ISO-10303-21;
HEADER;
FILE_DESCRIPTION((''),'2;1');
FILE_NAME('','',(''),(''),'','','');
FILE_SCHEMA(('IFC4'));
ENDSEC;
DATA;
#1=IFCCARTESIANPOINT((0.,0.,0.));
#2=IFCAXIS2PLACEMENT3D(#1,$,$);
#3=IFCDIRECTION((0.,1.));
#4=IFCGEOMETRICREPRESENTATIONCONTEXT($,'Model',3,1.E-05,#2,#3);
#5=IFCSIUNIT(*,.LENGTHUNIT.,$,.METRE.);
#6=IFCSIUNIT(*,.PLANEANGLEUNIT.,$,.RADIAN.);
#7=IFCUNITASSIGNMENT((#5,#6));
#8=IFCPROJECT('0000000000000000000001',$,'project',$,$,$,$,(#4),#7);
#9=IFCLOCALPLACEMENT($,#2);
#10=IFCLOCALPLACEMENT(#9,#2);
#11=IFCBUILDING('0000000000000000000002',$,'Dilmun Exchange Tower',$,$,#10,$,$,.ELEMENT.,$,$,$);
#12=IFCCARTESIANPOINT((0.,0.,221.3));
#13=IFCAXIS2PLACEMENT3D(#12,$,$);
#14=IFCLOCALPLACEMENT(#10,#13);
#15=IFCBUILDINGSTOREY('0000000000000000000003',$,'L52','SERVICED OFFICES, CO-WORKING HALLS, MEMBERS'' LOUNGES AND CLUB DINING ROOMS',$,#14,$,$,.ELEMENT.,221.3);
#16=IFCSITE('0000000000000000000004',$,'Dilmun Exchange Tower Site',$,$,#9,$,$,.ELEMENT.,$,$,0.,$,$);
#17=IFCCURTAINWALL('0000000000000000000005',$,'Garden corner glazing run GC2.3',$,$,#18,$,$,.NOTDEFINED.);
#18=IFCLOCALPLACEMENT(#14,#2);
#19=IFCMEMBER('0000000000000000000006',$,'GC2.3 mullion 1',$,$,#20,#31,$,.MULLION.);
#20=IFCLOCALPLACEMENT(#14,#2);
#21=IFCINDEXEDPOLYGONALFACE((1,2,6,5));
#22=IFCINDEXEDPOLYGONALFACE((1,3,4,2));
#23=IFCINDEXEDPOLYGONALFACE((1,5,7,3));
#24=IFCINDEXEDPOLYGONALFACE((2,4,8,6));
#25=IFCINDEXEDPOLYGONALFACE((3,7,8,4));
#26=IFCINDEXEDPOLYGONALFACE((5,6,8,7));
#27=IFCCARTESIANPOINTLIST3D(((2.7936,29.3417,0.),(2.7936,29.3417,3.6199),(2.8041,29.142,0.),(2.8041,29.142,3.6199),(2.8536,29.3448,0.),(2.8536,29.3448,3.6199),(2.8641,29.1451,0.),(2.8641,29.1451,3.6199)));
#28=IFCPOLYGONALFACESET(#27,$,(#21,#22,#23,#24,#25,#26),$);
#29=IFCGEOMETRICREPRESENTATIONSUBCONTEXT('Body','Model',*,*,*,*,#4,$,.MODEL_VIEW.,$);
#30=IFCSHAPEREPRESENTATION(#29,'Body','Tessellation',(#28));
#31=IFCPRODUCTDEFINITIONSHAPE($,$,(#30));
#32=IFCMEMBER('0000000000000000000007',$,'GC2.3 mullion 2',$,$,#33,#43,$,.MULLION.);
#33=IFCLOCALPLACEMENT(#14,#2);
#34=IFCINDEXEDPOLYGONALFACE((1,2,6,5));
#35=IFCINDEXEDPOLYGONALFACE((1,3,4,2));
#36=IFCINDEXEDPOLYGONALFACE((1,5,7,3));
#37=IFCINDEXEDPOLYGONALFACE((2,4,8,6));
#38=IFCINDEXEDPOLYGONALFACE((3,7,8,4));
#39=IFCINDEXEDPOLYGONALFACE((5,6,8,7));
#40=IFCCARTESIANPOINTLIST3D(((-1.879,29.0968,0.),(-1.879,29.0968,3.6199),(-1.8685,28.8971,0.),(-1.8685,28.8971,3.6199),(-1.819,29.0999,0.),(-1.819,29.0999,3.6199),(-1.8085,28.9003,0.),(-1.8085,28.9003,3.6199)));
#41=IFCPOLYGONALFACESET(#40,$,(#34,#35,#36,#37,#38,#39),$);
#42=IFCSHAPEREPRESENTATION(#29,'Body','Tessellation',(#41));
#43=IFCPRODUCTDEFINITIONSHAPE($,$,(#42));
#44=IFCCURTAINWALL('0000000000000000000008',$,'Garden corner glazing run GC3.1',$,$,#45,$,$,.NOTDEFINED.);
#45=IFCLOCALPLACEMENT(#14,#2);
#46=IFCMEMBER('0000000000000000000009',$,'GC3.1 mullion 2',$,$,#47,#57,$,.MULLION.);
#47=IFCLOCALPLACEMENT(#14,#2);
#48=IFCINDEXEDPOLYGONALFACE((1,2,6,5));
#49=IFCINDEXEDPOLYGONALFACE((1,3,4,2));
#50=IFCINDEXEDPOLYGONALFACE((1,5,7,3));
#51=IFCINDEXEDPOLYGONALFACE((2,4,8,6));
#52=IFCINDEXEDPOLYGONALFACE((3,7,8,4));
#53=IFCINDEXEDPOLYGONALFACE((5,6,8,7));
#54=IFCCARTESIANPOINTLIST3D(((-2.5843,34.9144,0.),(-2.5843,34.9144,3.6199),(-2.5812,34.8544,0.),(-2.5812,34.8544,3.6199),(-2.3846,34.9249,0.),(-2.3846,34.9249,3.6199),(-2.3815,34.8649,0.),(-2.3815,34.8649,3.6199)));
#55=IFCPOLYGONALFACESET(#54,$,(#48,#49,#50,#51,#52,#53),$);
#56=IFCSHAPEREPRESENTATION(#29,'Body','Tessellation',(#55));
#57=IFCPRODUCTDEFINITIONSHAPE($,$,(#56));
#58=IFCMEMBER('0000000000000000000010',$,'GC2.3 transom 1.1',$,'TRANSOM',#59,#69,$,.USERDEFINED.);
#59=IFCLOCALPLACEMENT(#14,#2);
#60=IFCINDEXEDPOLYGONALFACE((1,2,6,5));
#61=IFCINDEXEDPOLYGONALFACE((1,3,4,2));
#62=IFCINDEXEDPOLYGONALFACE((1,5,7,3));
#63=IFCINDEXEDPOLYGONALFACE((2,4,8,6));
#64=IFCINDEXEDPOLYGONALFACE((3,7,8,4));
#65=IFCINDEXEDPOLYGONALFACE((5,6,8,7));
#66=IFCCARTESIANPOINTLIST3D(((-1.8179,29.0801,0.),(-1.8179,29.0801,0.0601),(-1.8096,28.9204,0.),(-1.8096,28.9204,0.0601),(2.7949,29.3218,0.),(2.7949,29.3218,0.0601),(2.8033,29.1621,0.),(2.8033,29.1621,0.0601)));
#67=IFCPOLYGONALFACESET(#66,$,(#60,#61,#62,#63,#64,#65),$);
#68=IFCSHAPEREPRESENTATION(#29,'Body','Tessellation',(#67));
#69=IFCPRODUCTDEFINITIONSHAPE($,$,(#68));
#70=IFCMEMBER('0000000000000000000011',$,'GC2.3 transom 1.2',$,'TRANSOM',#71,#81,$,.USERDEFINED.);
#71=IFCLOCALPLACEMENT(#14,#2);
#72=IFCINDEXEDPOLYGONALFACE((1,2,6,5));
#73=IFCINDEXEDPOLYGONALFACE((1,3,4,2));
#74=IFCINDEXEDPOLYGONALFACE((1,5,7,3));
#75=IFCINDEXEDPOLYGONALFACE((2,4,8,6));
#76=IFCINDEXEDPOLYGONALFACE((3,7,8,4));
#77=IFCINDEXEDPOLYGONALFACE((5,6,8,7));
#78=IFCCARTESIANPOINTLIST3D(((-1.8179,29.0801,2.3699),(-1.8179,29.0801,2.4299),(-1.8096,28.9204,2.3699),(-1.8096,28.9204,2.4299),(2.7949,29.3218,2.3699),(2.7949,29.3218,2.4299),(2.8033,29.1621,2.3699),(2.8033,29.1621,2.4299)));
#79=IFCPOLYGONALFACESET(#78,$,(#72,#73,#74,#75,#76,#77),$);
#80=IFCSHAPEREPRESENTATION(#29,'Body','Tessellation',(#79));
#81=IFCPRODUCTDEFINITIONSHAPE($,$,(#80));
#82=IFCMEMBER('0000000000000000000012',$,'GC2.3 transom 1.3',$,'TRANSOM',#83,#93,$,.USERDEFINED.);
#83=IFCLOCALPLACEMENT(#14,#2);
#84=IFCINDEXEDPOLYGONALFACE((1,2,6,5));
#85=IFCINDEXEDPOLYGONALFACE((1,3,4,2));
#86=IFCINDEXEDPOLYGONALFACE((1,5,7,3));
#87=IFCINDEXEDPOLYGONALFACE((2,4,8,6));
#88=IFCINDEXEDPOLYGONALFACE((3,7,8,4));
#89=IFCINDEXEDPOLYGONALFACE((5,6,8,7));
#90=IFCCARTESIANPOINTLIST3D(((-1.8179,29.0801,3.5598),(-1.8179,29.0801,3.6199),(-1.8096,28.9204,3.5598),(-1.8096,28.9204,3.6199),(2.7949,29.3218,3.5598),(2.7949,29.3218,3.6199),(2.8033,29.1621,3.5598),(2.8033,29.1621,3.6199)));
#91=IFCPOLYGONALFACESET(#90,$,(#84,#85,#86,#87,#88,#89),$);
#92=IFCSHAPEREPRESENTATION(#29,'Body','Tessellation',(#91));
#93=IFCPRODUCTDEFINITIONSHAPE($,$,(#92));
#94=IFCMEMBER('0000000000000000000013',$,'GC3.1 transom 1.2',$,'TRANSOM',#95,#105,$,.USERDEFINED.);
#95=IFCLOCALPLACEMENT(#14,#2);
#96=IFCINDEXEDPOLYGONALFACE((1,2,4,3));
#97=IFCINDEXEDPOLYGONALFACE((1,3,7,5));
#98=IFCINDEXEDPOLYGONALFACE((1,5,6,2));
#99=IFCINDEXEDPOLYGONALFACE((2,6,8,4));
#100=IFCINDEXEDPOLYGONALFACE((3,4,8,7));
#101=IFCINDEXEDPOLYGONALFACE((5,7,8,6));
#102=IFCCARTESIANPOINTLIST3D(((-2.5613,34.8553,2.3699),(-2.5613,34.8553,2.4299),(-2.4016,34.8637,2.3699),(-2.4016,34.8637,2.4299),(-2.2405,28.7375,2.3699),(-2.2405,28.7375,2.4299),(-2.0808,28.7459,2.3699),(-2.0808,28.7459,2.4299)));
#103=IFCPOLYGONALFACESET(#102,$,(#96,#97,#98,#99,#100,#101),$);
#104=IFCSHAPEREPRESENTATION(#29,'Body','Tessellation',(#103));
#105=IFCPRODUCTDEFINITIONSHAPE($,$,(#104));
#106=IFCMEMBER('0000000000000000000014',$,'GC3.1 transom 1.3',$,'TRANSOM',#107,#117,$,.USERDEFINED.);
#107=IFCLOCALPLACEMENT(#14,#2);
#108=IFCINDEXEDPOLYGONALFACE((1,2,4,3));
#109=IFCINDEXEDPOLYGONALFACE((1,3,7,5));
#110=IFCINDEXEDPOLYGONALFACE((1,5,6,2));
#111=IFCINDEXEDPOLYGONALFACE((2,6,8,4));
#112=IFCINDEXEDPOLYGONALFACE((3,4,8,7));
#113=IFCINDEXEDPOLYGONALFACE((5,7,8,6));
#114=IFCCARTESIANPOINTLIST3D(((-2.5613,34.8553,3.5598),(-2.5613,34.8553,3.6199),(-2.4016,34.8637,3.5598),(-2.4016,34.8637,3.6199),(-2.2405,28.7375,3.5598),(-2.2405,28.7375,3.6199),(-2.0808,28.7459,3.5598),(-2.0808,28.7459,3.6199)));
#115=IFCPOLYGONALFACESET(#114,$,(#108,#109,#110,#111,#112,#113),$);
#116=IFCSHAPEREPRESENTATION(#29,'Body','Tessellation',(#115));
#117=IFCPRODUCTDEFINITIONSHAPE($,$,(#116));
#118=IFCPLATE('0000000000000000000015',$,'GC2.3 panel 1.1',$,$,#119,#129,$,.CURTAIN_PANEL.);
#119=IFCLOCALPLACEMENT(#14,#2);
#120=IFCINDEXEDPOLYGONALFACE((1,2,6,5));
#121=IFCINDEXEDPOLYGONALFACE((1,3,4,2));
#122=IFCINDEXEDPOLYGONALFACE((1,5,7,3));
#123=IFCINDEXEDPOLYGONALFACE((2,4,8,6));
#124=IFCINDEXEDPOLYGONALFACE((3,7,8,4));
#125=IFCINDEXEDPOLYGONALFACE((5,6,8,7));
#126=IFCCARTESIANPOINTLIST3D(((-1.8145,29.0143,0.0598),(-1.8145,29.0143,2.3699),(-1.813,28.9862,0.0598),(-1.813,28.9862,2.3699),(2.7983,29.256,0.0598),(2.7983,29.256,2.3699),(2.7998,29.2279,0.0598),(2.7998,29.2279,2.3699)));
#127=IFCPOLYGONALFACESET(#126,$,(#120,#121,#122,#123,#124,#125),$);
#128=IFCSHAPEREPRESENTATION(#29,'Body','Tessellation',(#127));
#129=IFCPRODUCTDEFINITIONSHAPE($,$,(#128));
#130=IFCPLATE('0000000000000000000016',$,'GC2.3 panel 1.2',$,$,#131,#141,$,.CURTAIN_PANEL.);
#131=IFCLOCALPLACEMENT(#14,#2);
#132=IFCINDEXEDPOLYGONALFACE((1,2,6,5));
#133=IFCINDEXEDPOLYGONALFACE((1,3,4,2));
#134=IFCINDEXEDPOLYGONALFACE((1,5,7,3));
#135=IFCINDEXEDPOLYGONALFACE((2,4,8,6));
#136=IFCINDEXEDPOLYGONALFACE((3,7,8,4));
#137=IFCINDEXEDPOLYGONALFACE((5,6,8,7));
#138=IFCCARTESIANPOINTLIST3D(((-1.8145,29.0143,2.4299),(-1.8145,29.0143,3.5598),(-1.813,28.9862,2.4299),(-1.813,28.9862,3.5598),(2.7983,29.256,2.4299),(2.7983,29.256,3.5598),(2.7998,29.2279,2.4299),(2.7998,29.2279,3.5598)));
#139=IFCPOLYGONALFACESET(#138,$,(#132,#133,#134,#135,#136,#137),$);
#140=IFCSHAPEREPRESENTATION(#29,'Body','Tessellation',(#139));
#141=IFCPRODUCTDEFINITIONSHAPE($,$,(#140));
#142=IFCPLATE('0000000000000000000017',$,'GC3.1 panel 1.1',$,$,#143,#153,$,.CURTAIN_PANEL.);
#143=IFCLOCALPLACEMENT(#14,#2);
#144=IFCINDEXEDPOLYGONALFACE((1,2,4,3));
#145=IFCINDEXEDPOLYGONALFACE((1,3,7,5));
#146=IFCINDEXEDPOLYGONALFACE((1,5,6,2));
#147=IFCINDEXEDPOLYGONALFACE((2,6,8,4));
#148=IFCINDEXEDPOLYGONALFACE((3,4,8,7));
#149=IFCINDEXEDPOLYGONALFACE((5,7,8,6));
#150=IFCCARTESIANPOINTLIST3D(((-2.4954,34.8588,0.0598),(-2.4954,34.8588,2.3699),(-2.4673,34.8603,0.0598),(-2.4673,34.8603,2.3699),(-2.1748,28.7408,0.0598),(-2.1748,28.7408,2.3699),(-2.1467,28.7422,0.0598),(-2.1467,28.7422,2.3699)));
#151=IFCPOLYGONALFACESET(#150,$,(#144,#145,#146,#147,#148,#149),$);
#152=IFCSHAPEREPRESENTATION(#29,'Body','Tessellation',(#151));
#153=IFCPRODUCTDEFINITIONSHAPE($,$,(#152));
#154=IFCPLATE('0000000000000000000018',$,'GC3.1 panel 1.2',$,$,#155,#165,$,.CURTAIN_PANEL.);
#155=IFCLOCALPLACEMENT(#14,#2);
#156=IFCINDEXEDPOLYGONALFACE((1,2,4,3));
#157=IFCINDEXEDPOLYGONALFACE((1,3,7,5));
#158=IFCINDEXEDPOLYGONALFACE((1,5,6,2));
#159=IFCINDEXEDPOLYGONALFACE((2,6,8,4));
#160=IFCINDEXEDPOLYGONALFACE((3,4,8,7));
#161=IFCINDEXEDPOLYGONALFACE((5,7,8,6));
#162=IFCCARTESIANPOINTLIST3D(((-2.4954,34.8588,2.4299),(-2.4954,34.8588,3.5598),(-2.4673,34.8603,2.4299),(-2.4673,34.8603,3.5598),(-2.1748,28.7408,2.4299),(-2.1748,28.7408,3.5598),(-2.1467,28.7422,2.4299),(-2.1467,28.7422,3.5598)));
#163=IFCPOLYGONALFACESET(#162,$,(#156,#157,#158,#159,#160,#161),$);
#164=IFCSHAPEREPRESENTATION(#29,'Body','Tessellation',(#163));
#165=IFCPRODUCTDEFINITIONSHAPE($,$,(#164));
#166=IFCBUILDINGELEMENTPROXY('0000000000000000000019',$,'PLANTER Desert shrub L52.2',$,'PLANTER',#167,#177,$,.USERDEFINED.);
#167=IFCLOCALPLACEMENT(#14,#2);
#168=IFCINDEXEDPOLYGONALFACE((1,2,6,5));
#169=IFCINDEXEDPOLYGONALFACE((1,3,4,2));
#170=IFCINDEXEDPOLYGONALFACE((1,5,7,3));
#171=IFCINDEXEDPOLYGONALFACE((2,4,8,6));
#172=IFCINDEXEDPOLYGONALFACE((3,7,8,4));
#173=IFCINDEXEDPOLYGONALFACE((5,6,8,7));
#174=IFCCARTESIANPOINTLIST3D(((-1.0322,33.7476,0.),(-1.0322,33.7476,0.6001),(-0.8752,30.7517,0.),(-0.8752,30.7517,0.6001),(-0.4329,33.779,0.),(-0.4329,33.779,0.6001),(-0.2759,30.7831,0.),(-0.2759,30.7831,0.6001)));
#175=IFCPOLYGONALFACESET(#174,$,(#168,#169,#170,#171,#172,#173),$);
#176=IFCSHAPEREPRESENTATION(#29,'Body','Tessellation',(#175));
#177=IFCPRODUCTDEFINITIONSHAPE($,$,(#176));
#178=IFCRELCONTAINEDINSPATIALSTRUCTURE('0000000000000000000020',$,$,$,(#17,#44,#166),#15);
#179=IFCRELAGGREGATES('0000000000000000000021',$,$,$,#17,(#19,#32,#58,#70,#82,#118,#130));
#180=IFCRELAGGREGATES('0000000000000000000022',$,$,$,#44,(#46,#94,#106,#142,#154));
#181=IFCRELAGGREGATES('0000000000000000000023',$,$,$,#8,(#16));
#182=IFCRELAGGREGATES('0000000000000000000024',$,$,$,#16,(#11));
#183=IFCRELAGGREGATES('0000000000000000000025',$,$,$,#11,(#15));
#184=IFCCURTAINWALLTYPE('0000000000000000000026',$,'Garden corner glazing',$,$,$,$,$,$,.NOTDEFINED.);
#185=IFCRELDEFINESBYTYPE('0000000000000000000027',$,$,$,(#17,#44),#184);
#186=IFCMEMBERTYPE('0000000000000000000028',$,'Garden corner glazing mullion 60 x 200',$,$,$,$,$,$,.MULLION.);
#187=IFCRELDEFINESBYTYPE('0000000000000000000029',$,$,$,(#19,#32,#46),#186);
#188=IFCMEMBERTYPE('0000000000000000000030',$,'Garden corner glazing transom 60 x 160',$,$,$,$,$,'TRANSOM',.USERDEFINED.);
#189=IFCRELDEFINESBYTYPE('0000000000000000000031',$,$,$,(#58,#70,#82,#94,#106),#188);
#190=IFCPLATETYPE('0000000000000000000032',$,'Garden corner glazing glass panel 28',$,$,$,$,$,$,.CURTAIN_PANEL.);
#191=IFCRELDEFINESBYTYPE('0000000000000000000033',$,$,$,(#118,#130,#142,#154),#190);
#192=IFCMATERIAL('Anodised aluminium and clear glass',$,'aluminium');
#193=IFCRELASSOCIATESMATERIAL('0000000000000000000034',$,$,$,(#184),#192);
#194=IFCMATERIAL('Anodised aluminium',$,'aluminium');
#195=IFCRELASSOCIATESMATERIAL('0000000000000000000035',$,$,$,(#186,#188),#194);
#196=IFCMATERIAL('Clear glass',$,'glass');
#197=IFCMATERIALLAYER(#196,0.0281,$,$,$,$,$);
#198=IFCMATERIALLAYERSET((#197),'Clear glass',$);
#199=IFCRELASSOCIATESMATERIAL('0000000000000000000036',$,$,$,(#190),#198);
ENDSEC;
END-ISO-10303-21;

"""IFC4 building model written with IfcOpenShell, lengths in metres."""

from ifc_helpers import new_model, si_unit, direction, frame, origin, origin_2d, place, context, subcontext, project, spatial, rectangle, extrude, material, layer, layer_set, material_profile, profile_set, type_object, element, aggregate, save


model = new_model("IFC4")

# Units and contexts
model_context = context("Model", 3, precision=1e-05, world=origin(), true_north=direction((0.0, 1.0)))
body_context = subcontext(model_context, "Body", "Model", "MODEL_VIEW")
ifc_project = project(units=[si_unit("LENGTHUNIT", "METRE"), si_unit("PLANEANGLEUNIT", "RADIAN")], contexts=[model_context])

# Site, building, storey
site_placement = place(None, origin())
site = spatial("IfcSite", under=ifc_project, at=site_placement, Name="Dilmun Exchange Tower Site", CompositionType="ELEMENT", RefElevation=0.0)
building_placement = place(site_placement, origin())
building = spatial("IfcBuilding", under=site, at=building_placement, Name="Dilmun Exchange Tower", CompositionType="ELEMENT")
storey_placement = place(building_placement, frame((0.0, 0.0, 221.3)))
storey = spatial("IfcBuildingStorey", under=building, at=storey_placement, Name="L52", Description="SERVICED OFFICES, CO-WORKING HALLS, MEMBERS' LOUNGES AND CLUB DINING ROOMS", CompositionType="ELEMENT", Elevation=221.3)

# Curtain wall, members
ifc_material_1 = material(Name="Anodised aluminium and clear glass", Category="aluminium")
curtain_wall_type = type_object("IfcCurtainWallType", Name="Garden corner glazing", PredefinedType="NOTDEFINED", material=ifc_material_1)
curtain_wall_1_placement = place(storey_placement, origin())
curtain_wall_1 = element("IfcCurtainWall", 1, at=curtain_wall_1_placement, inside=storey, type_object=curtain_wall_type, Name="Garden corner glazing run GC2.3", PredefinedType="NOTDEFINED")
ifc_material_2 = material(Name="Anodised aluminium", Category="aluminium")
ifc_material_profile_1 = material_profile(ifc_material_2, rectangle(XDim=0.2, YDim=0.0601, at=origin_2d()), Name="AL 60x200")
ifc_profile_set_1 = profile_set([ifc_material_profile_1], Name="Anodised aluminium")
member_type_1 = type_object("IfcMemberType", Name="Garden corner glazing mullion 60 x 200", PredefinedType="MULLION", material=ifc_profile_set_1)
member_1_placement = place(storey_placement, frame((2.8289, 29.2434, 0.0), z_axis=(0.0, 0.0, 1.0), x_axis=(0.052331, -0.99863, 0.0)))
member_1 = element("IfcMember", 2, at=member_1_placement, type_object=member_type_1, Name="GC2.3 mullion 1", PredefinedType="MULLION", context=body_context, shape_type="SweptSolid", body=[
    extrude(rectangle(XDim=0.2, YDim=0.0601, at=origin_2d()), origin(), (0.0, 0.0, 1.0), 3.6199),
])
member_2_placement = place(storey_placement, frame((-1.8438, 28.9985, 0.0), z_axis=(0.0, 0.0, 1.0), x_axis=(0.052331, -0.99863, 0.0)))
member_2 = element("IfcMember", 3, at=member_2_placement, type_object=member_type_1, Name="GC2.3 mullion 2", PredefinedType="MULLION", context=body_context, shape_type="SweptSolid", body=[
    extrude(rectangle(XDim=0.2, YDim=0.0601, at=origin_2d()), origin(), (0.0, 0.0, 1.0), 3.6199),
])

# Curtain wall, member
curtain_wall_2_placement = place(storey_placement, origin())
curtain_wall_2 = element("IfcCurtainWall", 4, at=curtain_wall_2_placement, inside=storey, type_object=curtain_wall_type, Name="Garden corner glazing run GC3.1", PredefinedType="NOTDEFINED")
member_3_placement = place(storey_placement, frame((-2.4829, 34.8896, 0.0), z_axis=(0.0, 0.0, 1.0), x_axis=(-0.99863, -0.052334, 0.0)))
member_3 = element("IfcMember", 5, at=member_3_placement, type_object=member_type_1, Name="GC3.1 mullion 2", PredefinedType="MULLION", context=body_context, shape_type="SweptSolid", body=[
    extrude(rectangle(XDim=0.2, YDim=0.0601, at=origin_2d()), origin(), (0.0, 0.0, 1.0), 3.6199),
])

# Members
ifc_material_profile_2 = material_profile(ifc_material_2, rectangle(XDim=0.1599, YDim=0.0601, at=origin_2d()), Name="AL 60x160")
ifc_profile_set_2 = profile_set([ifc_material_profile_2], Name="Anodised aluminium")
member_type_2 = type_object("IfcMemberType", Name="Garden corner glazing transom 60 x 160", ElementType="TRANSOM", PredefinedType="USERDEFINED", material=ifc_profile_set_2)
member_4_placement = place(storey_placement, frame((2.7991, 29.2419, 0.03), z_axis=(-0.99863, -0.052326, 0.0), x_axis=(0.052326, -0.99863, 0.0)))
member_4 = element("IfcMember", 6, at=member_4_placement, type_object=member_type_2, Name="GC2.3 transom 1.1", ObjectType="TRANSOM", PredefinedType="USERDEFINED", context=body_context, shape_type="SweptSolid", body=[
    extrude(rectangle(XDim=0.1599, YDim=0.0601, at=origin_2d()), origin(), (0.0, 0.0, 1.0), 4.6191),
])
member_5_placement = place(storey_placement, frame((2.7991, 29.2419, 2.3999), z_axis=(-0.99863, -0.052326, 0.0), x_axis=(0.052326, -0.99863, 0.0)))
member_5 = element("IfcMember", 7, at=member_5_placement, type_object=member_type_2, Name="GC2.3 transom 1.2", ObjectType="TRANSOM", PredefinedType="USERDEFINED", context=body_context, shape_type="SweptSolid", body=[
    extrude(rectangle(XDim=0.1599, YDim=0.0601, at=origin_2d()), origin(), (0.0, 0.0, 1.0), 4.6191),
])
member_6_placement = place(storey_placement, frame((2.7991, 29.2419, 3.5898), z_axis=(-0.99863, -0.052326, 0.0), x_axis=(0.052326, -0.99863, 0.0)))
member_6 = element("IfcMember", 8, at=member_6_placement, type_object=member_type_2, Name="GC2.3 transom 1.3", ObjectType="TRANSOM", PredefinedType="USERDEFINED", context=body_context, shape_type="SweptSolid", body=[
    extrude(rectangle(XDim=0.1599, YDim=0.0601, at=origin_2d()), origin(), (0.0, 0.0, 1.0), 4.6191),
])
member_7_placement = place(storey_placement, frame((-2.1606, 28.7417, 2.3999), z_axis=(-0.052364, 0.998628, 0.0), x_axis=(-0.998628, -0.052364, 0.0)))
member_7 = element("IfcMember", 9, at=member_7_placement, type_object=member_type_2, Name="GC3.1 transom 1.2", ObjectType="TRANSOM", PredefinedType="USERDEFINED", context=body_context, shape_type="SweptSolid", body=[
    extrude(rectangle(XDim=0.1599, YDim=0.0601, at=origin_2d()), origin(), (0.0, 0.0, 1.0), 6.1262),
])
member_8_placement = place(storey_placement, frame((-2.1606, 28.7417, 3.5898), z_axis=(-0.052364, 0.998628, 0.0), x_axis=(-0.998628, -0.052364, 0.0)))
member_8 = element("IfcMember", 10, at=member_8_placement, type_object=member_type_2, Name="GC3.1 transom 1.3", ObjectType="TRANSOM", PredefinedType="USERDEFINED", context=body_context, shape_type="SweptSolid", body=[
    extrude(rectangle(XDim=0.1599, YDim=0.0601, at=origin_2d()), origin(), (0.0, 0.0, 1.0), 6.1262),
])

# Plates
ifc_material_3 = material(Name="Clear glass", Category="glass")
ifc_layer_1 = layer(ifc_material_3, 0.0281)
ifc_layer_set_1 = layer_set([ifc_layer_1], Name="Clear glass")
plate_type = type_object("IfcPlateType", Name="Garden corner glazing glass panel 28", PredefinedType="CURTAIN_PANEL", material=ifc_layer_set_1)
plate_1_placement = place(storey_placement, frame((0.4927, 29.1211, 0.0598), z_axis=(0.0, 0.0, 1.0), x_axis=(-0.99863, -0.052331, 0.0)))
plate_1 = element("IfcPlate", 11, at=plate_1_placement, type_object=plate_type, Name="GC2.3 panel 1.1", PredefinedType="CURTAIN_PANEL", context=body_context, shape_type="SweptSolid", body=[
    extrude(rectangle(XDim=4.6191, YDim=0.0281, at=origin_2d()), origin(), (0.0, 0.0, 1.0), 2.3101),
])
plate_2_placement = place(storey_placement, frame((0.4927, 29.1211, 2.4299), z_axis=(0.0, 0.0, 1.0), x_axis=(-0.99863, -0.052331, 0.0)))
plate_2 = element("IfcPlate", 12, at=plate_2_placement, type_object=plate_type, Name="GC2.3 panel 1.2", PredefinedType="CURTAIN_PANEL", context=body_context, shape_type="SweptSolid", body=[
    extrude(rectangle(XDim=4.6191, YDim=0.0281, at=origin_2d()), origin(), (0.0, 0.0, 1.0), 1.1299),
])
aggregate(curtain_wall_1, [member_1, member_2, member_4, member_5, member_6, plate_1, plate_2])
plate_3_placement = place(storey_placement, frame((-2.321, 31.8005, 0.0598), z_axis=(0.0, 0.0, 1.0), x_axis=(-0.052334, 0.99863, 0.0)))
plate_3 = element("IfcPlate", 13, at=plate_3_placement, type_object=plate_type, Name="GC3.1 panel 1.1", PredefinedType="CURTAIN_PANEL", context=body_context, shape_type="SweptSolid", body=[
    extrude(rectangle(XDim=6.1265, YDim=0.0281, at=origin_2d()), origin(), (0.0, 0.0, 1.0), 2.3101),
])
plate_4_placement = place(storey_placement, frame((-2.321, 31.8005, 2.4299), z_axis=(0.0, 0.0, 1.0), x_axis=(-0.052334, 0.99863, 0.0)))
plate_4 = element("IfcPlate", 14, at=plate_4_placement, type_object=plate_type, Name="GC3.1 panel 1.2", PredefinedType="CURTAIN_PANEL", context=body_context, shape_type="SweptSolid", body=[
    extrude(rectangle(XDim=6.1265, YDim=0.0281, at=origin_2d()), origin(), (0.0, 0.0, 1.0), 1.1299),
])
aggregate(curtain_wall_2, [member_3, member_7, member_8, plate_3, plate_4])

# Building element proxy
proxy_placement = place(storey_placement, frame((-0.6541, 32.2654, 0.0), z_axis=(0.0, 0.0, 1.0), x_axis=(-0.052336, 0.99863, 0.0)))
element("IfcBuildingElementProxy", 15, at=proxy_placement, inside=storey, Name="PLANTER Desert shrub L52.2", ObjectType="PLANTER", PredefinedType="USERDEFINED", context=body_context, shape_type="SweptSolid", body=[
    extrude(rectangle(XDim=3.0, YDim=0.6001, at=origin_2d()), origin(), (0.0, 0.0, 1.0), 0.6001),
])

save(model, "model.ifc")
